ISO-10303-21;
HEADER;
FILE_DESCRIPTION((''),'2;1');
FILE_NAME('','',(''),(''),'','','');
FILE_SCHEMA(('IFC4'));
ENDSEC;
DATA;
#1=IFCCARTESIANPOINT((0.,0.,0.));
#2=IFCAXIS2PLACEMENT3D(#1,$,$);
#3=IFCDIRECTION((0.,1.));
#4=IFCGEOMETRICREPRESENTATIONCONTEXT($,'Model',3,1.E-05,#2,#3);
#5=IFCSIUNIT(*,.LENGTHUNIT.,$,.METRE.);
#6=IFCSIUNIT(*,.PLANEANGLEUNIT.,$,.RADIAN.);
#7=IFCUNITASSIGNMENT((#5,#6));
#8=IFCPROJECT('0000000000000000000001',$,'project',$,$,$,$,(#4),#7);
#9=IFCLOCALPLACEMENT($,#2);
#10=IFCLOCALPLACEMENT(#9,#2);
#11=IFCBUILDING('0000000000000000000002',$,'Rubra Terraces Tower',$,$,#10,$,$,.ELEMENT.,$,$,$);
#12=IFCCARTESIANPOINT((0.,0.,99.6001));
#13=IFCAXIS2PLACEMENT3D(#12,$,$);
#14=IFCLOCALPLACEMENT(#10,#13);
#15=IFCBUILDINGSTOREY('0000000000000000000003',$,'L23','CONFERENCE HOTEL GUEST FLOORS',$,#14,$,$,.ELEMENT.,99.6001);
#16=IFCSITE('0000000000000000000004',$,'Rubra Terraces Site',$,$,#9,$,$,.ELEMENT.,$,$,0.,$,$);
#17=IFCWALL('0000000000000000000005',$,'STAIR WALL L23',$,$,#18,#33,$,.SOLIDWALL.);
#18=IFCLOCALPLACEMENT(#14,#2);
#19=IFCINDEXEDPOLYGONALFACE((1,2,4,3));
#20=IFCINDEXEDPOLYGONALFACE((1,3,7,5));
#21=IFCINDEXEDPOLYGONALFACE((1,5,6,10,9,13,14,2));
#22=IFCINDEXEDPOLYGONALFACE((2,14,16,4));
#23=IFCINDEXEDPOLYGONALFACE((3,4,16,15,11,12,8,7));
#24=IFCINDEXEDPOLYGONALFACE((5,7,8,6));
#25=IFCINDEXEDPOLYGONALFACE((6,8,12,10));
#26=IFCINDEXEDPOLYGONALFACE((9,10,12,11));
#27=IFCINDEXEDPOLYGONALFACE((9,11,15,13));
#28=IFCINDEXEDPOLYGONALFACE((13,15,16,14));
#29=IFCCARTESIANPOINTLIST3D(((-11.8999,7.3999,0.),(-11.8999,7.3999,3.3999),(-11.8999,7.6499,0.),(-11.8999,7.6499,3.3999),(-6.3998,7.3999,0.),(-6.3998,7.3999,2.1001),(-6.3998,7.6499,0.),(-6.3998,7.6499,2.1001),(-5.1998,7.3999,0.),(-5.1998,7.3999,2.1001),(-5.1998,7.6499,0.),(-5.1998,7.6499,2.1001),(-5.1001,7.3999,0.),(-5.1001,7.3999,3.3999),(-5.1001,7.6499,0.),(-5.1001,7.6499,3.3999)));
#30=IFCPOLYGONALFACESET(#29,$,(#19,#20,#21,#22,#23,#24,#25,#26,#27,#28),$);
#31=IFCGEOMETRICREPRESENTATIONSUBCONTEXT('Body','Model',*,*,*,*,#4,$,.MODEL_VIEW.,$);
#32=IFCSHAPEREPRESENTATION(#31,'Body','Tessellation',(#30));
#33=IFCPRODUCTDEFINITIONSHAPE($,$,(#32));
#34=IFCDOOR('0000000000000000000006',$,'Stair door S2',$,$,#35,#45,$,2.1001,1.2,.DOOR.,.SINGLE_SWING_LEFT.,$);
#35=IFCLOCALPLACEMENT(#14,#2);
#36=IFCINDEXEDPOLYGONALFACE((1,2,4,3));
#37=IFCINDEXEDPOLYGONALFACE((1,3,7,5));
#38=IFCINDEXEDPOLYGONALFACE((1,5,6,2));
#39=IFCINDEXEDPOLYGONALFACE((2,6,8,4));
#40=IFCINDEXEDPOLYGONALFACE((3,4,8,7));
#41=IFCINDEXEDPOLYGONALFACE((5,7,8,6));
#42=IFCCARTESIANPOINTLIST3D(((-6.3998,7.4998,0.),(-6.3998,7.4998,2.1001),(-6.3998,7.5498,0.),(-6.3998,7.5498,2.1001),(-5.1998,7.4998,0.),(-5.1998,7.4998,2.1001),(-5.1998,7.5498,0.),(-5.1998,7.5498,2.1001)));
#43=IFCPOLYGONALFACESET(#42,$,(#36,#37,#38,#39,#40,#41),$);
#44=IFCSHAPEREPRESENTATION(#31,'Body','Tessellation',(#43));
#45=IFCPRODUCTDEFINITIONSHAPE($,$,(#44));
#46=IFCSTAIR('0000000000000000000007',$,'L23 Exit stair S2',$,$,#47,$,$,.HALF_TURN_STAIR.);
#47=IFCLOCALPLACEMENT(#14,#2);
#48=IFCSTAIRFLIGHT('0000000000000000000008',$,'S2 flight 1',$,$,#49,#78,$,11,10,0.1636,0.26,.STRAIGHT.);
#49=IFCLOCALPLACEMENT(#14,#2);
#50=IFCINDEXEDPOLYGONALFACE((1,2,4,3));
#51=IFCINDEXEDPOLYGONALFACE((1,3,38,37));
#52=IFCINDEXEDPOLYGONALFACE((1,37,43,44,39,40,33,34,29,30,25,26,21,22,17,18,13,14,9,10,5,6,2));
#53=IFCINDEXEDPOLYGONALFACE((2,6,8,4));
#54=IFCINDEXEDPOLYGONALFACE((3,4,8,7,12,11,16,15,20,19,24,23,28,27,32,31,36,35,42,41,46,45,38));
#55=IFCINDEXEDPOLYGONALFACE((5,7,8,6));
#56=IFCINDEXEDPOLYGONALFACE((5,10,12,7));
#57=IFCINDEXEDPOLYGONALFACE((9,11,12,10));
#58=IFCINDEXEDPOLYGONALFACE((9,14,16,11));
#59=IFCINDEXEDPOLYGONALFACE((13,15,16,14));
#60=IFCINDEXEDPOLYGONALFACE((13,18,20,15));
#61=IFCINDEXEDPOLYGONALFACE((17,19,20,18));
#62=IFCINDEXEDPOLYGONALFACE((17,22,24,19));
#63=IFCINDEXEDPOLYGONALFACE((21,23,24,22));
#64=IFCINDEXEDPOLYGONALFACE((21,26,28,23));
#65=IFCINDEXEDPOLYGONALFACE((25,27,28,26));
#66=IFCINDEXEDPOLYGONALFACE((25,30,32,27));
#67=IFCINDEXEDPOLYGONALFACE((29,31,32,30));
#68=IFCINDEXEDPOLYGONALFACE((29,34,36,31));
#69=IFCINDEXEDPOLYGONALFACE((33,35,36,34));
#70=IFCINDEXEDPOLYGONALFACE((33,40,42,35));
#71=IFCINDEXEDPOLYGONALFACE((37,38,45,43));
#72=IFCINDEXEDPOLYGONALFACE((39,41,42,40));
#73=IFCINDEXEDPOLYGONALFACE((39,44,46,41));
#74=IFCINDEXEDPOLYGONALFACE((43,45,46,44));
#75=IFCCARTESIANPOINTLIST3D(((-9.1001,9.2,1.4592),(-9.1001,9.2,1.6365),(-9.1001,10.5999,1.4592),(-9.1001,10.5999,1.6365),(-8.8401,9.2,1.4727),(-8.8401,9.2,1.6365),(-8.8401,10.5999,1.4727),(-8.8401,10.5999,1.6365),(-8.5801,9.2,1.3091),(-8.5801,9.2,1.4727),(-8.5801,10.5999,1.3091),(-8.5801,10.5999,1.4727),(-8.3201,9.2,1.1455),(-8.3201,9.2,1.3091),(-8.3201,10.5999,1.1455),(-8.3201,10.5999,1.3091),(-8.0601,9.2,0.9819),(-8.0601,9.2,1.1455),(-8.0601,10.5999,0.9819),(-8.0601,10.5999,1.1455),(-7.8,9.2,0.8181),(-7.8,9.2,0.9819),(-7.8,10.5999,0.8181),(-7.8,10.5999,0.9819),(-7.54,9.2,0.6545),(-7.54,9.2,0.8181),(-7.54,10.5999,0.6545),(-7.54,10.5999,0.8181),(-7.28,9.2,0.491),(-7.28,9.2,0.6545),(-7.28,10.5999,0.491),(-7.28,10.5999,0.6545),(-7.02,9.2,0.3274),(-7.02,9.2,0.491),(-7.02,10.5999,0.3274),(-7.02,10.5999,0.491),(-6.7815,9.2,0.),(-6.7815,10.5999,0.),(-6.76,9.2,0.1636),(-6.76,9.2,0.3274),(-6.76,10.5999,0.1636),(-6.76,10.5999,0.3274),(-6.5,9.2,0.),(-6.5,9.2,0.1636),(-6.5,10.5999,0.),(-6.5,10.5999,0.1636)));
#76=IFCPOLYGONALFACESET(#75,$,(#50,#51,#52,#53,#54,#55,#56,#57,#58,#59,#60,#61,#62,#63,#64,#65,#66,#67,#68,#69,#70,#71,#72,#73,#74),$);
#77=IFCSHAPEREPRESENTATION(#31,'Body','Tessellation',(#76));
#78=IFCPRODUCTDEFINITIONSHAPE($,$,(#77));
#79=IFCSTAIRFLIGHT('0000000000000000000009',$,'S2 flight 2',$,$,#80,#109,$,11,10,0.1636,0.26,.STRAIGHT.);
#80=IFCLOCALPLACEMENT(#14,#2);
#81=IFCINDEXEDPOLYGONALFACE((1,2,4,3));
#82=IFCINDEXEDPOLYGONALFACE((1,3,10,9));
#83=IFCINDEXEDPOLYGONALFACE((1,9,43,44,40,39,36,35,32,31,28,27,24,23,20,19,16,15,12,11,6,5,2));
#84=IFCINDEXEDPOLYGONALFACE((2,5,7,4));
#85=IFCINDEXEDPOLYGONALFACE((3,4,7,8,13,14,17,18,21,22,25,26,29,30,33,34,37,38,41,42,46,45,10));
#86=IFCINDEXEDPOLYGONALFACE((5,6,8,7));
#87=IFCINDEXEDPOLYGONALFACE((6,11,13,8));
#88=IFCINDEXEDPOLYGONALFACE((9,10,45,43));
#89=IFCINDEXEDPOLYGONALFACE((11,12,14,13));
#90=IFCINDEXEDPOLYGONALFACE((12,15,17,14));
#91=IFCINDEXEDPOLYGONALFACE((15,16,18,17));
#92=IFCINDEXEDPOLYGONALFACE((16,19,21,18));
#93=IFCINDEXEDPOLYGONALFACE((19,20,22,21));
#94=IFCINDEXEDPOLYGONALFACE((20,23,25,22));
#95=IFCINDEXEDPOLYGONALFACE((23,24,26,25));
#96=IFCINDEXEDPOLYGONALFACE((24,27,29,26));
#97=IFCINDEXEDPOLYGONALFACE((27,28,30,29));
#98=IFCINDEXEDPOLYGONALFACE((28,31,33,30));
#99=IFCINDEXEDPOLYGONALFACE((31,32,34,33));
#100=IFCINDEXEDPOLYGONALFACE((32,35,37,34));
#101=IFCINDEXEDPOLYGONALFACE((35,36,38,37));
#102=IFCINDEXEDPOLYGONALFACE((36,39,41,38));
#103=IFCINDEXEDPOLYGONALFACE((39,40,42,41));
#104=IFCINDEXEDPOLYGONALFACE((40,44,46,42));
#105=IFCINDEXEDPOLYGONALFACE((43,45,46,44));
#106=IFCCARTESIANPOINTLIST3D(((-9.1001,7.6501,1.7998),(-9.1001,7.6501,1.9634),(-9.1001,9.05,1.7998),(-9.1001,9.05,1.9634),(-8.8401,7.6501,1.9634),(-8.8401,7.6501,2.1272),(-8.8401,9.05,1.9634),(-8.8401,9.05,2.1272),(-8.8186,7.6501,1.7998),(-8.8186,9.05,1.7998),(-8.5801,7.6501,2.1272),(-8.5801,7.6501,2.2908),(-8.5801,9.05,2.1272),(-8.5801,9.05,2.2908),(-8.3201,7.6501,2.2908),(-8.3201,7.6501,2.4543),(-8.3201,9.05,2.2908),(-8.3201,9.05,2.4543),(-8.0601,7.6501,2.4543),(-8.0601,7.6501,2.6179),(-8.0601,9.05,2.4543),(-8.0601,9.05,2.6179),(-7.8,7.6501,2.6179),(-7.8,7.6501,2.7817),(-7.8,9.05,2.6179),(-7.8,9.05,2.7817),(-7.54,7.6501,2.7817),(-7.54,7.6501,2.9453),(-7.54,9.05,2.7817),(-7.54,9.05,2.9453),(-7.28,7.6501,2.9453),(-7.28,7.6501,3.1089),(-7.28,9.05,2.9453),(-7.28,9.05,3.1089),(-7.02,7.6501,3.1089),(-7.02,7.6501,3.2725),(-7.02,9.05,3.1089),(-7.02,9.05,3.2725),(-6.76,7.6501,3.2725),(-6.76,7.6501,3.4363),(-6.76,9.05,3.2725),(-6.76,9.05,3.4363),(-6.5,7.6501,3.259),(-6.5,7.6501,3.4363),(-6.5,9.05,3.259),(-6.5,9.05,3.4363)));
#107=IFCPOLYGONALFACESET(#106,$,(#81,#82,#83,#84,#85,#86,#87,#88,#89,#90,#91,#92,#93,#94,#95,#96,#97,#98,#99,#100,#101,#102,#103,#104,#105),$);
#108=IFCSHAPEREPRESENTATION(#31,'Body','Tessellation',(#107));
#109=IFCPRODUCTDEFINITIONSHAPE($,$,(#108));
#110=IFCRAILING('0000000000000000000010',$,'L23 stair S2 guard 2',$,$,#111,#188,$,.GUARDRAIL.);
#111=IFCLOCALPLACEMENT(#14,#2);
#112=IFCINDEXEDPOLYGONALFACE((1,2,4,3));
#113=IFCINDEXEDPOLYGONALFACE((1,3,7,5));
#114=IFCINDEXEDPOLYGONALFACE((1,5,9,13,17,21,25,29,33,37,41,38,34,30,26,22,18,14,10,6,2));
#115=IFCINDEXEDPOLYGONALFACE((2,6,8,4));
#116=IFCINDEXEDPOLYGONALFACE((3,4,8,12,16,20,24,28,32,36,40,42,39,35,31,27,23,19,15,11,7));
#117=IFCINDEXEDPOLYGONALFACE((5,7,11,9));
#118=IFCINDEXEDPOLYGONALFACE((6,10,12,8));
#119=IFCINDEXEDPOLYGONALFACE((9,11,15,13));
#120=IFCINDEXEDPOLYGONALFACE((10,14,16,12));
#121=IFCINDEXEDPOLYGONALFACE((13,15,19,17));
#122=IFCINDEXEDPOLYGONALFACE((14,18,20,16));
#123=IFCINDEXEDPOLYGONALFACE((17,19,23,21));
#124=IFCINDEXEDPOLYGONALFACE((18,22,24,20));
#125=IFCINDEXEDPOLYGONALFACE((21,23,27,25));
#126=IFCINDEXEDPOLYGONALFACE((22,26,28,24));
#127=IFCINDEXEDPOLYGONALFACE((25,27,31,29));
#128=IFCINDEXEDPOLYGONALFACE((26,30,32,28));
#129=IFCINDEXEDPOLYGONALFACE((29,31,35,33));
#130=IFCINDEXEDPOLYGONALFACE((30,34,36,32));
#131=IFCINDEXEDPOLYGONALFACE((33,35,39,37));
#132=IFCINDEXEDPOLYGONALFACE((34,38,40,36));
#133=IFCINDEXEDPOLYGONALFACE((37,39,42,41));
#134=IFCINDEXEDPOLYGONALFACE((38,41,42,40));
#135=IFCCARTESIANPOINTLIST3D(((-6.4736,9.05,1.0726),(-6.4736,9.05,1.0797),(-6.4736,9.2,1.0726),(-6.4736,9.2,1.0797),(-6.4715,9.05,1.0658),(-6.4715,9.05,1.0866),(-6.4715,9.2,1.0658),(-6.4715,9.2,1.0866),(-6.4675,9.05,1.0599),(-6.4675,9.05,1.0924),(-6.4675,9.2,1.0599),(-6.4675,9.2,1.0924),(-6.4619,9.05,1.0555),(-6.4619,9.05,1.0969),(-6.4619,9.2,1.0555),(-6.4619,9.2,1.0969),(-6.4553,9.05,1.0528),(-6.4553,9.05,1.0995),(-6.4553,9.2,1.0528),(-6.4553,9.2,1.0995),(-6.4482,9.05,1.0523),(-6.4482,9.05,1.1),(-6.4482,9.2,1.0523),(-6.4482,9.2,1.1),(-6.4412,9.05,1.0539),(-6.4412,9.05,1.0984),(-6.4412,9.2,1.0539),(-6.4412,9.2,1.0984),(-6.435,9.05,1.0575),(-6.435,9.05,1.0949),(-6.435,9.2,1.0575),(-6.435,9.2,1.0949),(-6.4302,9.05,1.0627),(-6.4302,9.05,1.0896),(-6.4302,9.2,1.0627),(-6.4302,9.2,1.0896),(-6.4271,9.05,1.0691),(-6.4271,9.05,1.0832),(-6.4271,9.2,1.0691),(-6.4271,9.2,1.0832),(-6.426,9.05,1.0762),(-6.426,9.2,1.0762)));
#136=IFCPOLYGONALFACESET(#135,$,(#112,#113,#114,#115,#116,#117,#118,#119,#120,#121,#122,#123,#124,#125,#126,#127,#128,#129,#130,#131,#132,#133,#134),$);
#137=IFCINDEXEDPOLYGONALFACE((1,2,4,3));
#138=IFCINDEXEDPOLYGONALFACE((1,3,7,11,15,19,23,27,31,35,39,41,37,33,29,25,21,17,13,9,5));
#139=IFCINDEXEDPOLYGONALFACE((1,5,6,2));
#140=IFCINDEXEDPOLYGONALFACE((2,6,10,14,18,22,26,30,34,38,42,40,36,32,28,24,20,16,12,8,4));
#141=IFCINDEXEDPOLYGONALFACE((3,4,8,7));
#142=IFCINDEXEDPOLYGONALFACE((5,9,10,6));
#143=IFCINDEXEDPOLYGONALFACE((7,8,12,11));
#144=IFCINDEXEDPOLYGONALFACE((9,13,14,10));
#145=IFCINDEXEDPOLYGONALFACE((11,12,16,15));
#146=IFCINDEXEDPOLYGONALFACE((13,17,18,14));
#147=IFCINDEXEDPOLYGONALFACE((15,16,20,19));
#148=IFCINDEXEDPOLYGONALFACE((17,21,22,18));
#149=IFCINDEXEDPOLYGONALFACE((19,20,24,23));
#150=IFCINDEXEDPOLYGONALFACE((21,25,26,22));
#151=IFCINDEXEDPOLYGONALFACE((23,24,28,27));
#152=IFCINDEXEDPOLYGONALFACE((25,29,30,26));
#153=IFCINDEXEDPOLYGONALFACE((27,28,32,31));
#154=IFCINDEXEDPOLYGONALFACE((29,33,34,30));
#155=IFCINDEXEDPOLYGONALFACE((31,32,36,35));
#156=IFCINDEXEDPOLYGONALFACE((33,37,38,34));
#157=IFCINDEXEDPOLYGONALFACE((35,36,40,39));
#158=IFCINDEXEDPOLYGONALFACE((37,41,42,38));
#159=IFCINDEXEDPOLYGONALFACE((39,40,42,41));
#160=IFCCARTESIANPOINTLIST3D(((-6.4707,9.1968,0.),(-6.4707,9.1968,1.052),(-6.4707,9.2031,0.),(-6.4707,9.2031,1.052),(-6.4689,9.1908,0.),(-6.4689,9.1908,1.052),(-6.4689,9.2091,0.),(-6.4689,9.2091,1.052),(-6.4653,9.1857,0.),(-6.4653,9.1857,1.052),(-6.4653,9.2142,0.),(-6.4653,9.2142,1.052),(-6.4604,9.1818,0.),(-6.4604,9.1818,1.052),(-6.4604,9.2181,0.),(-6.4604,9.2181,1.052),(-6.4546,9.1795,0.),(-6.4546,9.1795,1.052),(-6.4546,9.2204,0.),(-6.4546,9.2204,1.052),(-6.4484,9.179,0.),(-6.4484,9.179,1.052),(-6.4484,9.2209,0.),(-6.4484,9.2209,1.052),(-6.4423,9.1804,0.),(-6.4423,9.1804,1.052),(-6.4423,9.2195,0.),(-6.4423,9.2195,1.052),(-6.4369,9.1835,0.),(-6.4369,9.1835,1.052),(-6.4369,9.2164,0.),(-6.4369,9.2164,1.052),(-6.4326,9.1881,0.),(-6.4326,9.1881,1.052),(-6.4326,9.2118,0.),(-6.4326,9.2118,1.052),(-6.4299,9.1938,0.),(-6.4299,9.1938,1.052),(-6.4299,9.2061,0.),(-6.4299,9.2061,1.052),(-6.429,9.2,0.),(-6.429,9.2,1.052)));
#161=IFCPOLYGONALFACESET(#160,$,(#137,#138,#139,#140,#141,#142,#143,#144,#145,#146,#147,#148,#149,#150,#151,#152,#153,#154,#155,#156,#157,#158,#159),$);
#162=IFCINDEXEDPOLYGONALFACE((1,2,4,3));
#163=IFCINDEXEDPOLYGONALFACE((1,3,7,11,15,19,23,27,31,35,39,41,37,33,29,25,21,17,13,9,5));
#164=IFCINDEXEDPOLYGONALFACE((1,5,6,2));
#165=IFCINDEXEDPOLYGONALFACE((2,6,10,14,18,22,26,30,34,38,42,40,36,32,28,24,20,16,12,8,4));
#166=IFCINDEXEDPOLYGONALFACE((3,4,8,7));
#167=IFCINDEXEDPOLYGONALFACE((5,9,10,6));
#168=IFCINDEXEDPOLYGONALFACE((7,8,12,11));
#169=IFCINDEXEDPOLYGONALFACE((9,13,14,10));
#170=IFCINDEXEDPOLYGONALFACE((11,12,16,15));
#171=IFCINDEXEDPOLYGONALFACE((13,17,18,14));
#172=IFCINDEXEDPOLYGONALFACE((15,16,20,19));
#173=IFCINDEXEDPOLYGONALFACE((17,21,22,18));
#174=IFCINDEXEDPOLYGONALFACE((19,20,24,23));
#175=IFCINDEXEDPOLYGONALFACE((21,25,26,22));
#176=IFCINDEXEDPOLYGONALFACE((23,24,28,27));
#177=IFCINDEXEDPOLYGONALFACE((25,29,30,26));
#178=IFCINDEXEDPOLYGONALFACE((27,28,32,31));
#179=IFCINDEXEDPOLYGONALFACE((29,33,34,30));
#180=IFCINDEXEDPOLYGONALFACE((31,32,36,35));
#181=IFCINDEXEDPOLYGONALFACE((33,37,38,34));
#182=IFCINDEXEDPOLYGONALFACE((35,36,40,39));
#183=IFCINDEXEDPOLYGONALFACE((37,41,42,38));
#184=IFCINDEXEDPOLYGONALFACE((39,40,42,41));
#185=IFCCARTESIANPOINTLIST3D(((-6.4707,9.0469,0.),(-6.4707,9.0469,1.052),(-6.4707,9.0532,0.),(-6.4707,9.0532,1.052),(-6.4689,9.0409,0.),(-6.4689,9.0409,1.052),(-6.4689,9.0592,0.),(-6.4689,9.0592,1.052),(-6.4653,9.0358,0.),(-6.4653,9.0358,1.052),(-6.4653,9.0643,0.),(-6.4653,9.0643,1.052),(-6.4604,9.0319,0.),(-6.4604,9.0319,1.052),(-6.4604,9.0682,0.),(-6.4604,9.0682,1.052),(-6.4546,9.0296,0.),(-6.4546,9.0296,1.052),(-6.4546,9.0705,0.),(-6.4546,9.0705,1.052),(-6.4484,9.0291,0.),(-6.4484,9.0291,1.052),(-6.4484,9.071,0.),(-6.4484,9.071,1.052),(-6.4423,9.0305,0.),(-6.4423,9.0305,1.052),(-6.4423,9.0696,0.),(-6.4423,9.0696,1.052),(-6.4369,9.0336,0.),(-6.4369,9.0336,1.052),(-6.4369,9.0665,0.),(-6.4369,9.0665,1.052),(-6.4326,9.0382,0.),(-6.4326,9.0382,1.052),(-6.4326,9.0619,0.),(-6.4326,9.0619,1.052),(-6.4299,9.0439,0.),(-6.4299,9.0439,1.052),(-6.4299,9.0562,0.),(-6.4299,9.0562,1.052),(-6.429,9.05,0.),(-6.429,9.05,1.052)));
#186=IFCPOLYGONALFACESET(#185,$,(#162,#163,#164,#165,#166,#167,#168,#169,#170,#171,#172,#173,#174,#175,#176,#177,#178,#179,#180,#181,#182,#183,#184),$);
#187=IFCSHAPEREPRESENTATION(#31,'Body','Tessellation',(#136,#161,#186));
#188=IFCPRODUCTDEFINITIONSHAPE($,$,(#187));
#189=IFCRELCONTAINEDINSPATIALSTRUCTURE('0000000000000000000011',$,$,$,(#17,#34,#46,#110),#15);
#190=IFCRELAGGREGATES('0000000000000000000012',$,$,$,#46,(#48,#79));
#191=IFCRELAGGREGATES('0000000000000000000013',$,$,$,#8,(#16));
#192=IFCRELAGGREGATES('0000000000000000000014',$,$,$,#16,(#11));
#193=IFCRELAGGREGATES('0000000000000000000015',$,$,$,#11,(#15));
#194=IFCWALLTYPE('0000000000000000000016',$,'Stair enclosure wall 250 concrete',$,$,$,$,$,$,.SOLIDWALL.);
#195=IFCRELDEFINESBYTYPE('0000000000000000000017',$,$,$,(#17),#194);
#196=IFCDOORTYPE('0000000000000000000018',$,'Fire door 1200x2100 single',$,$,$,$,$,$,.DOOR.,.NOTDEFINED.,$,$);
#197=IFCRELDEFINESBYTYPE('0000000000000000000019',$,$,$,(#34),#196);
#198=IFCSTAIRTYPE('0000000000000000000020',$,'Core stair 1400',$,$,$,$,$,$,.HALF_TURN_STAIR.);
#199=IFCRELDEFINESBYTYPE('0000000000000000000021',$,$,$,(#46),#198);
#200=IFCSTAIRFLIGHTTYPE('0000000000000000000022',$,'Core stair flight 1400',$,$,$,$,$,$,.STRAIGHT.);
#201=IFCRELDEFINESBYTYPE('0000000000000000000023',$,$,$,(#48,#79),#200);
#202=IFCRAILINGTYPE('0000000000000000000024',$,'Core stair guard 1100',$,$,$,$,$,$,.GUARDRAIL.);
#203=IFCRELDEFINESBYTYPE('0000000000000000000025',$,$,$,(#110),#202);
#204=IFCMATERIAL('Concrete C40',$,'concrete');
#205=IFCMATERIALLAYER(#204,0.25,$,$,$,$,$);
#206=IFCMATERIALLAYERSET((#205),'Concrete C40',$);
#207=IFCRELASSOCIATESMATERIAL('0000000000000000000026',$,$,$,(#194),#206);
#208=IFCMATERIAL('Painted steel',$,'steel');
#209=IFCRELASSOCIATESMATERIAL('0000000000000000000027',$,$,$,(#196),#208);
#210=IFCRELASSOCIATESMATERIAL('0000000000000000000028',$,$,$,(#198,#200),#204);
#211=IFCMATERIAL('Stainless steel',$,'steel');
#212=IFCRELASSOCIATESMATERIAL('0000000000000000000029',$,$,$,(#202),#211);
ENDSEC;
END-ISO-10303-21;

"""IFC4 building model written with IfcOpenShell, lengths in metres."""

from ifc_helpers import new_model, si_unit, direction, frame, frame_2d, origin, origin_2d, place, context, subcontext, project, spatial, polyline, rectangle, circle, outline, extrude, material, layer, layer_set, type_object, element, fill, aggregate, save


model = new_model("IFC4")

# Units and contexts
model_context = context("Model", 3, precision=1e-05, world=origin(), true_north=direction((0.0, 1.0)))
body_context = subcontext(model_context, "Body", "Model", "MODEL_VIEW")
ifc_project = project(units=[si_unit("LENGTHUNIT", "METRE"), si_unit("PLANEANGLEUNIT", "RADIAN")], contexts=[model_context])

# Site, building, storey
site_placement = place(None, origin())
site = spatial("IfcSite", under=ifc_project, at=site_placement, Name="Rubra Terraces Site", CompositionType="ELEMENT", RefElevation=0.0)
building_placement = place(site_placement, origin())
building = spatial("IfcBuilding", under=site, at=building_placement, Name="Rubra Terraces Tower", CompositionType="ELEMENT")
storey_placement = place(building_placement, frame((0.0, 0.0, 99.6001)))
storey = spatial("IfcBuildingStorey", under=building, at=storey_placement, Name="L23", Description="CONFERENCE HOTEL GUEST FLOORS", CompositionType="ELEMENT", Elevation=99.6001)

# Shared definitions
ifc_material_1 = material(Name="Painted steel", Category="steel")

# Shared definitions
ifc_material_2 = material(Name="Concrete C40", Category="concrete")

# Wall, opening, door
ifc_layer_1 = layer(ifc_material_2, 0.25)
ifc_layer_set_1 = layer_set([ifc_layer_1], Name="Concrete C40")
wall_type_1 = type_object("IfcWallType", Name="Stair enclosure wall 250 concrete", PredefinedType="SOLIDWALL", material=ifc_layer_set_1)
wall_1_placement = place(storey_placement, frame((-11.8999, 7.5249, 0.0), z_axis=(0.0, 0.0, 1.0), x_axis=(1.0, 0.0, 0.0)))
wall_1 = element("IfcWall", 1, at=wall_1_placement, inside=storey, type_object=wall_type_1, Name="STAIR WALL L23", PredefinedType="SOLIDWALL", context=body_context, shape_type="SweptSolid", body=[
    extrude(rectangle(XDim=6.7998, YDim=0.25, at=frame_2d((3.3999, 0.0))), origin(), (0.0, 0.0, 1.0), 3.3999),
])
opening_1_placement = place(wall_1_placement, frame((5.5, 0.0, 0.0)))
opening_1 = element("IfcOpeningElement", 2, at=opening_1_placement, cuts=wall_1, PredefinedType="OPENING", context=body_context, shape_type="SweptSolid", body=[
    extrude(rectangle(XDim=1.2, YDim=2.1001, at=frame_2d((0.6001, 1.05))), frame((0.0, 0.135, 0.0), z_axis=(0.0, -1.0, 0.0), x_axis=(1.0, 0.0, 0.0)), (0.0, 0.0, 1.0), 0.27),
])
door_type_1 = type_object("IfcDoorType", Name="Fire door 1200x2100 single", OperationType="NOTDEFINED", PredefinedType="DOOR", material=ifc_material_1)
door_1_placement = place(opening_1_placement, origin())
door_1 = element("IfcDoor", 3, at=door_1_placement, inside=storey, type_object=door_type_1, Name="Stair door S2", OperationType="SINGLE_SWING_LEFT", OverallHeight=2.1001, OverallWidth=1.2, PredefinedType="DOOR", context=body_context, shape_type="SweptSolid", body=[
    extrude(rectangle(XDim=1.2, YDim=2.1001, at=frame_2d((0.6001, 1.05))), frame((0.0, 0.0249, 0.0), z_axis=(0.0, -1.0, 0.0), x_axis=(1.0, 0.0, 0.0)), (0.0, 0.0, 1.0), 0.05),
])
fill(opening_1, door_1)

# Stair, stair flights
stair_type = type_object("IfcStairType", Name="Core stair 1400", PredefinedType="HALF_TURN_STAIR", material=ifc_material_2)
stair_placement = place(storey_placement, origin())
stair = element("IfcStair", 4, at=stair_placement, inside=storey, type_object=stair_type, Name="L23 Exit stair S2", PredefinedType="HALF_TURN_STAIR")
stair_flight_type = type_object("IfcStairFlightType", Name="Core stair flight 1400", PredefinedType="STRAIGHT", material=ifc_material_2)
stair_flight_1_placement = place(storey_placement, frame((-6.5, 9.8999, 0.0), z_axis=(0.0, 0.0, 1.0), x_axis=(-1.0, 0.0, 0.0)))
stair_flight_1 = element("IfcStairFlight", 5, at=stair_flight_1_placement, type_object=stair_flight_type, Name="S2 flight 1", NumberOfRisers=11, NumberOfTreads=10, PredefinedType="STRAIGHT", RiserHeight=0.1636, TreadLength=0.26, context=body_context, shape_type="SweptSolid", body=[
    extrude(outline(polyline([(0.0, 0.0), (0.0, 0.1636), (0.26, 0.1636), (0.26, 0.3274), (0.52, 0.3274), (0.52, 0.491), (0.78, 0.491), (0.78, 0.6545), (1.04, 0.6545), (1.04, 0.8181), (1.3, 0.8181), (1.3, 0.9819), (1.5601, 0.9819), (1.5601, 1.1455), (1.8201, 1.1455), (1.8201, 1.3091), (2.0801, 1.3091), (2.0801, 1.4727), (2.3401, 1.4727), (2.3401, 1.6365), (2.6001, 1.6365), (2.6001, 1.8), (2.6001, 1.4592), (0.2815, 0.0), (0.0, 0.0)])), frame((0.0, 0.7, 0.0), z_axis=(0.0, -1.0, 0.0), x_axis=(1.0, 0.0, 0.0)), (0.0, 0.0, 1.0), 1.3999),
])
stair_flight_2_placement = place(storey_placement, frame((-9.1001, 8.3501, 1.7998), z_axis=(0.0, 0.0, 1.0), x_axis=(1.0, 0.0, 0.0)))
stair_flight_2 = element("IfcStairFlight", 6, at=stair_flight_2_placement, type_object=stair_flight_type, Name="S2 flight 2", NumberOfRisers=11, NumberOfTreads=10, PredefinedType="STRAIGHT", RiserHeight=0.1636, TreadLength=0.26, context=body_context, shape_type="SweptSolid", body=[
    extrude(outline(polyline([(0.0, 0.0), (0.0, 0.1636), (0.26, 0.1636), (0.26, 0.3274), (0.52, 0.3274), (0.52, 0.491), (0.78, 0.491), (0.78, 0.6545), (1.04, 0.6545), (1.04, 0.8181), (1.3, 0.8181), (1.3, 0.9819), (1.5601, 0.9819), (1.5601, 1.1455), (1.8201, 1.1455), (1.8201, 1.3091), (2.0801, 1.3091), (2.0801, 1.4727), (2.3401, 1.4727), (2.3401, 1.6365), (2.6001, 1.6365), (2.6001, 1.8), (2.6001, 1.4592), (0.2815, 0.0), (0.0, 0.0)])), frame((0.0, 0.7, 0.0), z_axis=(0.0, -1.0, 0.0), x_axis=(1.0, 0.0, 0.0)), (0.0, 0.0, 1.0), 1.3999),
])
aggregate(stair, [stair_flight_1, stair_flight_2])

# Railing
ifc_material_3 = material(Name="Stainless steel", Category="steel")
railing_type_1 = type_object("IfcRailingType", Name="Core stair guard 1100", PredefinedType="GUARDRAIL", material=ifc_material_3)
railing_1_placement = place(storey_placement, frame((-6.45, 9.2, 0.0)))
element("IfcRailing", 7, at=railing_1_placement, inside=storey, type_object=railing_type_1, Name="L23 stair S2 guard 2", PredefinedType="GUARDRAIL", context=body_context, shape_type="SweptSolid", body=[
    extrude(circle(Radius=0.0239, at=origin_2d()), frame((0.0, 0.0, 1.0762), z_axis=(0.0, -1.0, 0.0), x_axis=(1.0, 0.0, 0.0)), (0.0, 0.0, 1.0), 0.1499),
    extrude(circle(Radius=0.021, at=origin_2d()), origin(), (0.0, 0.0, 1.0), 1.052),
    extrude(circle(Radius=0.021, at=origin_2d()), frame((0.0, -0.1499, 0.0)), (0.0, 0.0, 1.0), 1.052),
])

save(model, "model.ifc")
